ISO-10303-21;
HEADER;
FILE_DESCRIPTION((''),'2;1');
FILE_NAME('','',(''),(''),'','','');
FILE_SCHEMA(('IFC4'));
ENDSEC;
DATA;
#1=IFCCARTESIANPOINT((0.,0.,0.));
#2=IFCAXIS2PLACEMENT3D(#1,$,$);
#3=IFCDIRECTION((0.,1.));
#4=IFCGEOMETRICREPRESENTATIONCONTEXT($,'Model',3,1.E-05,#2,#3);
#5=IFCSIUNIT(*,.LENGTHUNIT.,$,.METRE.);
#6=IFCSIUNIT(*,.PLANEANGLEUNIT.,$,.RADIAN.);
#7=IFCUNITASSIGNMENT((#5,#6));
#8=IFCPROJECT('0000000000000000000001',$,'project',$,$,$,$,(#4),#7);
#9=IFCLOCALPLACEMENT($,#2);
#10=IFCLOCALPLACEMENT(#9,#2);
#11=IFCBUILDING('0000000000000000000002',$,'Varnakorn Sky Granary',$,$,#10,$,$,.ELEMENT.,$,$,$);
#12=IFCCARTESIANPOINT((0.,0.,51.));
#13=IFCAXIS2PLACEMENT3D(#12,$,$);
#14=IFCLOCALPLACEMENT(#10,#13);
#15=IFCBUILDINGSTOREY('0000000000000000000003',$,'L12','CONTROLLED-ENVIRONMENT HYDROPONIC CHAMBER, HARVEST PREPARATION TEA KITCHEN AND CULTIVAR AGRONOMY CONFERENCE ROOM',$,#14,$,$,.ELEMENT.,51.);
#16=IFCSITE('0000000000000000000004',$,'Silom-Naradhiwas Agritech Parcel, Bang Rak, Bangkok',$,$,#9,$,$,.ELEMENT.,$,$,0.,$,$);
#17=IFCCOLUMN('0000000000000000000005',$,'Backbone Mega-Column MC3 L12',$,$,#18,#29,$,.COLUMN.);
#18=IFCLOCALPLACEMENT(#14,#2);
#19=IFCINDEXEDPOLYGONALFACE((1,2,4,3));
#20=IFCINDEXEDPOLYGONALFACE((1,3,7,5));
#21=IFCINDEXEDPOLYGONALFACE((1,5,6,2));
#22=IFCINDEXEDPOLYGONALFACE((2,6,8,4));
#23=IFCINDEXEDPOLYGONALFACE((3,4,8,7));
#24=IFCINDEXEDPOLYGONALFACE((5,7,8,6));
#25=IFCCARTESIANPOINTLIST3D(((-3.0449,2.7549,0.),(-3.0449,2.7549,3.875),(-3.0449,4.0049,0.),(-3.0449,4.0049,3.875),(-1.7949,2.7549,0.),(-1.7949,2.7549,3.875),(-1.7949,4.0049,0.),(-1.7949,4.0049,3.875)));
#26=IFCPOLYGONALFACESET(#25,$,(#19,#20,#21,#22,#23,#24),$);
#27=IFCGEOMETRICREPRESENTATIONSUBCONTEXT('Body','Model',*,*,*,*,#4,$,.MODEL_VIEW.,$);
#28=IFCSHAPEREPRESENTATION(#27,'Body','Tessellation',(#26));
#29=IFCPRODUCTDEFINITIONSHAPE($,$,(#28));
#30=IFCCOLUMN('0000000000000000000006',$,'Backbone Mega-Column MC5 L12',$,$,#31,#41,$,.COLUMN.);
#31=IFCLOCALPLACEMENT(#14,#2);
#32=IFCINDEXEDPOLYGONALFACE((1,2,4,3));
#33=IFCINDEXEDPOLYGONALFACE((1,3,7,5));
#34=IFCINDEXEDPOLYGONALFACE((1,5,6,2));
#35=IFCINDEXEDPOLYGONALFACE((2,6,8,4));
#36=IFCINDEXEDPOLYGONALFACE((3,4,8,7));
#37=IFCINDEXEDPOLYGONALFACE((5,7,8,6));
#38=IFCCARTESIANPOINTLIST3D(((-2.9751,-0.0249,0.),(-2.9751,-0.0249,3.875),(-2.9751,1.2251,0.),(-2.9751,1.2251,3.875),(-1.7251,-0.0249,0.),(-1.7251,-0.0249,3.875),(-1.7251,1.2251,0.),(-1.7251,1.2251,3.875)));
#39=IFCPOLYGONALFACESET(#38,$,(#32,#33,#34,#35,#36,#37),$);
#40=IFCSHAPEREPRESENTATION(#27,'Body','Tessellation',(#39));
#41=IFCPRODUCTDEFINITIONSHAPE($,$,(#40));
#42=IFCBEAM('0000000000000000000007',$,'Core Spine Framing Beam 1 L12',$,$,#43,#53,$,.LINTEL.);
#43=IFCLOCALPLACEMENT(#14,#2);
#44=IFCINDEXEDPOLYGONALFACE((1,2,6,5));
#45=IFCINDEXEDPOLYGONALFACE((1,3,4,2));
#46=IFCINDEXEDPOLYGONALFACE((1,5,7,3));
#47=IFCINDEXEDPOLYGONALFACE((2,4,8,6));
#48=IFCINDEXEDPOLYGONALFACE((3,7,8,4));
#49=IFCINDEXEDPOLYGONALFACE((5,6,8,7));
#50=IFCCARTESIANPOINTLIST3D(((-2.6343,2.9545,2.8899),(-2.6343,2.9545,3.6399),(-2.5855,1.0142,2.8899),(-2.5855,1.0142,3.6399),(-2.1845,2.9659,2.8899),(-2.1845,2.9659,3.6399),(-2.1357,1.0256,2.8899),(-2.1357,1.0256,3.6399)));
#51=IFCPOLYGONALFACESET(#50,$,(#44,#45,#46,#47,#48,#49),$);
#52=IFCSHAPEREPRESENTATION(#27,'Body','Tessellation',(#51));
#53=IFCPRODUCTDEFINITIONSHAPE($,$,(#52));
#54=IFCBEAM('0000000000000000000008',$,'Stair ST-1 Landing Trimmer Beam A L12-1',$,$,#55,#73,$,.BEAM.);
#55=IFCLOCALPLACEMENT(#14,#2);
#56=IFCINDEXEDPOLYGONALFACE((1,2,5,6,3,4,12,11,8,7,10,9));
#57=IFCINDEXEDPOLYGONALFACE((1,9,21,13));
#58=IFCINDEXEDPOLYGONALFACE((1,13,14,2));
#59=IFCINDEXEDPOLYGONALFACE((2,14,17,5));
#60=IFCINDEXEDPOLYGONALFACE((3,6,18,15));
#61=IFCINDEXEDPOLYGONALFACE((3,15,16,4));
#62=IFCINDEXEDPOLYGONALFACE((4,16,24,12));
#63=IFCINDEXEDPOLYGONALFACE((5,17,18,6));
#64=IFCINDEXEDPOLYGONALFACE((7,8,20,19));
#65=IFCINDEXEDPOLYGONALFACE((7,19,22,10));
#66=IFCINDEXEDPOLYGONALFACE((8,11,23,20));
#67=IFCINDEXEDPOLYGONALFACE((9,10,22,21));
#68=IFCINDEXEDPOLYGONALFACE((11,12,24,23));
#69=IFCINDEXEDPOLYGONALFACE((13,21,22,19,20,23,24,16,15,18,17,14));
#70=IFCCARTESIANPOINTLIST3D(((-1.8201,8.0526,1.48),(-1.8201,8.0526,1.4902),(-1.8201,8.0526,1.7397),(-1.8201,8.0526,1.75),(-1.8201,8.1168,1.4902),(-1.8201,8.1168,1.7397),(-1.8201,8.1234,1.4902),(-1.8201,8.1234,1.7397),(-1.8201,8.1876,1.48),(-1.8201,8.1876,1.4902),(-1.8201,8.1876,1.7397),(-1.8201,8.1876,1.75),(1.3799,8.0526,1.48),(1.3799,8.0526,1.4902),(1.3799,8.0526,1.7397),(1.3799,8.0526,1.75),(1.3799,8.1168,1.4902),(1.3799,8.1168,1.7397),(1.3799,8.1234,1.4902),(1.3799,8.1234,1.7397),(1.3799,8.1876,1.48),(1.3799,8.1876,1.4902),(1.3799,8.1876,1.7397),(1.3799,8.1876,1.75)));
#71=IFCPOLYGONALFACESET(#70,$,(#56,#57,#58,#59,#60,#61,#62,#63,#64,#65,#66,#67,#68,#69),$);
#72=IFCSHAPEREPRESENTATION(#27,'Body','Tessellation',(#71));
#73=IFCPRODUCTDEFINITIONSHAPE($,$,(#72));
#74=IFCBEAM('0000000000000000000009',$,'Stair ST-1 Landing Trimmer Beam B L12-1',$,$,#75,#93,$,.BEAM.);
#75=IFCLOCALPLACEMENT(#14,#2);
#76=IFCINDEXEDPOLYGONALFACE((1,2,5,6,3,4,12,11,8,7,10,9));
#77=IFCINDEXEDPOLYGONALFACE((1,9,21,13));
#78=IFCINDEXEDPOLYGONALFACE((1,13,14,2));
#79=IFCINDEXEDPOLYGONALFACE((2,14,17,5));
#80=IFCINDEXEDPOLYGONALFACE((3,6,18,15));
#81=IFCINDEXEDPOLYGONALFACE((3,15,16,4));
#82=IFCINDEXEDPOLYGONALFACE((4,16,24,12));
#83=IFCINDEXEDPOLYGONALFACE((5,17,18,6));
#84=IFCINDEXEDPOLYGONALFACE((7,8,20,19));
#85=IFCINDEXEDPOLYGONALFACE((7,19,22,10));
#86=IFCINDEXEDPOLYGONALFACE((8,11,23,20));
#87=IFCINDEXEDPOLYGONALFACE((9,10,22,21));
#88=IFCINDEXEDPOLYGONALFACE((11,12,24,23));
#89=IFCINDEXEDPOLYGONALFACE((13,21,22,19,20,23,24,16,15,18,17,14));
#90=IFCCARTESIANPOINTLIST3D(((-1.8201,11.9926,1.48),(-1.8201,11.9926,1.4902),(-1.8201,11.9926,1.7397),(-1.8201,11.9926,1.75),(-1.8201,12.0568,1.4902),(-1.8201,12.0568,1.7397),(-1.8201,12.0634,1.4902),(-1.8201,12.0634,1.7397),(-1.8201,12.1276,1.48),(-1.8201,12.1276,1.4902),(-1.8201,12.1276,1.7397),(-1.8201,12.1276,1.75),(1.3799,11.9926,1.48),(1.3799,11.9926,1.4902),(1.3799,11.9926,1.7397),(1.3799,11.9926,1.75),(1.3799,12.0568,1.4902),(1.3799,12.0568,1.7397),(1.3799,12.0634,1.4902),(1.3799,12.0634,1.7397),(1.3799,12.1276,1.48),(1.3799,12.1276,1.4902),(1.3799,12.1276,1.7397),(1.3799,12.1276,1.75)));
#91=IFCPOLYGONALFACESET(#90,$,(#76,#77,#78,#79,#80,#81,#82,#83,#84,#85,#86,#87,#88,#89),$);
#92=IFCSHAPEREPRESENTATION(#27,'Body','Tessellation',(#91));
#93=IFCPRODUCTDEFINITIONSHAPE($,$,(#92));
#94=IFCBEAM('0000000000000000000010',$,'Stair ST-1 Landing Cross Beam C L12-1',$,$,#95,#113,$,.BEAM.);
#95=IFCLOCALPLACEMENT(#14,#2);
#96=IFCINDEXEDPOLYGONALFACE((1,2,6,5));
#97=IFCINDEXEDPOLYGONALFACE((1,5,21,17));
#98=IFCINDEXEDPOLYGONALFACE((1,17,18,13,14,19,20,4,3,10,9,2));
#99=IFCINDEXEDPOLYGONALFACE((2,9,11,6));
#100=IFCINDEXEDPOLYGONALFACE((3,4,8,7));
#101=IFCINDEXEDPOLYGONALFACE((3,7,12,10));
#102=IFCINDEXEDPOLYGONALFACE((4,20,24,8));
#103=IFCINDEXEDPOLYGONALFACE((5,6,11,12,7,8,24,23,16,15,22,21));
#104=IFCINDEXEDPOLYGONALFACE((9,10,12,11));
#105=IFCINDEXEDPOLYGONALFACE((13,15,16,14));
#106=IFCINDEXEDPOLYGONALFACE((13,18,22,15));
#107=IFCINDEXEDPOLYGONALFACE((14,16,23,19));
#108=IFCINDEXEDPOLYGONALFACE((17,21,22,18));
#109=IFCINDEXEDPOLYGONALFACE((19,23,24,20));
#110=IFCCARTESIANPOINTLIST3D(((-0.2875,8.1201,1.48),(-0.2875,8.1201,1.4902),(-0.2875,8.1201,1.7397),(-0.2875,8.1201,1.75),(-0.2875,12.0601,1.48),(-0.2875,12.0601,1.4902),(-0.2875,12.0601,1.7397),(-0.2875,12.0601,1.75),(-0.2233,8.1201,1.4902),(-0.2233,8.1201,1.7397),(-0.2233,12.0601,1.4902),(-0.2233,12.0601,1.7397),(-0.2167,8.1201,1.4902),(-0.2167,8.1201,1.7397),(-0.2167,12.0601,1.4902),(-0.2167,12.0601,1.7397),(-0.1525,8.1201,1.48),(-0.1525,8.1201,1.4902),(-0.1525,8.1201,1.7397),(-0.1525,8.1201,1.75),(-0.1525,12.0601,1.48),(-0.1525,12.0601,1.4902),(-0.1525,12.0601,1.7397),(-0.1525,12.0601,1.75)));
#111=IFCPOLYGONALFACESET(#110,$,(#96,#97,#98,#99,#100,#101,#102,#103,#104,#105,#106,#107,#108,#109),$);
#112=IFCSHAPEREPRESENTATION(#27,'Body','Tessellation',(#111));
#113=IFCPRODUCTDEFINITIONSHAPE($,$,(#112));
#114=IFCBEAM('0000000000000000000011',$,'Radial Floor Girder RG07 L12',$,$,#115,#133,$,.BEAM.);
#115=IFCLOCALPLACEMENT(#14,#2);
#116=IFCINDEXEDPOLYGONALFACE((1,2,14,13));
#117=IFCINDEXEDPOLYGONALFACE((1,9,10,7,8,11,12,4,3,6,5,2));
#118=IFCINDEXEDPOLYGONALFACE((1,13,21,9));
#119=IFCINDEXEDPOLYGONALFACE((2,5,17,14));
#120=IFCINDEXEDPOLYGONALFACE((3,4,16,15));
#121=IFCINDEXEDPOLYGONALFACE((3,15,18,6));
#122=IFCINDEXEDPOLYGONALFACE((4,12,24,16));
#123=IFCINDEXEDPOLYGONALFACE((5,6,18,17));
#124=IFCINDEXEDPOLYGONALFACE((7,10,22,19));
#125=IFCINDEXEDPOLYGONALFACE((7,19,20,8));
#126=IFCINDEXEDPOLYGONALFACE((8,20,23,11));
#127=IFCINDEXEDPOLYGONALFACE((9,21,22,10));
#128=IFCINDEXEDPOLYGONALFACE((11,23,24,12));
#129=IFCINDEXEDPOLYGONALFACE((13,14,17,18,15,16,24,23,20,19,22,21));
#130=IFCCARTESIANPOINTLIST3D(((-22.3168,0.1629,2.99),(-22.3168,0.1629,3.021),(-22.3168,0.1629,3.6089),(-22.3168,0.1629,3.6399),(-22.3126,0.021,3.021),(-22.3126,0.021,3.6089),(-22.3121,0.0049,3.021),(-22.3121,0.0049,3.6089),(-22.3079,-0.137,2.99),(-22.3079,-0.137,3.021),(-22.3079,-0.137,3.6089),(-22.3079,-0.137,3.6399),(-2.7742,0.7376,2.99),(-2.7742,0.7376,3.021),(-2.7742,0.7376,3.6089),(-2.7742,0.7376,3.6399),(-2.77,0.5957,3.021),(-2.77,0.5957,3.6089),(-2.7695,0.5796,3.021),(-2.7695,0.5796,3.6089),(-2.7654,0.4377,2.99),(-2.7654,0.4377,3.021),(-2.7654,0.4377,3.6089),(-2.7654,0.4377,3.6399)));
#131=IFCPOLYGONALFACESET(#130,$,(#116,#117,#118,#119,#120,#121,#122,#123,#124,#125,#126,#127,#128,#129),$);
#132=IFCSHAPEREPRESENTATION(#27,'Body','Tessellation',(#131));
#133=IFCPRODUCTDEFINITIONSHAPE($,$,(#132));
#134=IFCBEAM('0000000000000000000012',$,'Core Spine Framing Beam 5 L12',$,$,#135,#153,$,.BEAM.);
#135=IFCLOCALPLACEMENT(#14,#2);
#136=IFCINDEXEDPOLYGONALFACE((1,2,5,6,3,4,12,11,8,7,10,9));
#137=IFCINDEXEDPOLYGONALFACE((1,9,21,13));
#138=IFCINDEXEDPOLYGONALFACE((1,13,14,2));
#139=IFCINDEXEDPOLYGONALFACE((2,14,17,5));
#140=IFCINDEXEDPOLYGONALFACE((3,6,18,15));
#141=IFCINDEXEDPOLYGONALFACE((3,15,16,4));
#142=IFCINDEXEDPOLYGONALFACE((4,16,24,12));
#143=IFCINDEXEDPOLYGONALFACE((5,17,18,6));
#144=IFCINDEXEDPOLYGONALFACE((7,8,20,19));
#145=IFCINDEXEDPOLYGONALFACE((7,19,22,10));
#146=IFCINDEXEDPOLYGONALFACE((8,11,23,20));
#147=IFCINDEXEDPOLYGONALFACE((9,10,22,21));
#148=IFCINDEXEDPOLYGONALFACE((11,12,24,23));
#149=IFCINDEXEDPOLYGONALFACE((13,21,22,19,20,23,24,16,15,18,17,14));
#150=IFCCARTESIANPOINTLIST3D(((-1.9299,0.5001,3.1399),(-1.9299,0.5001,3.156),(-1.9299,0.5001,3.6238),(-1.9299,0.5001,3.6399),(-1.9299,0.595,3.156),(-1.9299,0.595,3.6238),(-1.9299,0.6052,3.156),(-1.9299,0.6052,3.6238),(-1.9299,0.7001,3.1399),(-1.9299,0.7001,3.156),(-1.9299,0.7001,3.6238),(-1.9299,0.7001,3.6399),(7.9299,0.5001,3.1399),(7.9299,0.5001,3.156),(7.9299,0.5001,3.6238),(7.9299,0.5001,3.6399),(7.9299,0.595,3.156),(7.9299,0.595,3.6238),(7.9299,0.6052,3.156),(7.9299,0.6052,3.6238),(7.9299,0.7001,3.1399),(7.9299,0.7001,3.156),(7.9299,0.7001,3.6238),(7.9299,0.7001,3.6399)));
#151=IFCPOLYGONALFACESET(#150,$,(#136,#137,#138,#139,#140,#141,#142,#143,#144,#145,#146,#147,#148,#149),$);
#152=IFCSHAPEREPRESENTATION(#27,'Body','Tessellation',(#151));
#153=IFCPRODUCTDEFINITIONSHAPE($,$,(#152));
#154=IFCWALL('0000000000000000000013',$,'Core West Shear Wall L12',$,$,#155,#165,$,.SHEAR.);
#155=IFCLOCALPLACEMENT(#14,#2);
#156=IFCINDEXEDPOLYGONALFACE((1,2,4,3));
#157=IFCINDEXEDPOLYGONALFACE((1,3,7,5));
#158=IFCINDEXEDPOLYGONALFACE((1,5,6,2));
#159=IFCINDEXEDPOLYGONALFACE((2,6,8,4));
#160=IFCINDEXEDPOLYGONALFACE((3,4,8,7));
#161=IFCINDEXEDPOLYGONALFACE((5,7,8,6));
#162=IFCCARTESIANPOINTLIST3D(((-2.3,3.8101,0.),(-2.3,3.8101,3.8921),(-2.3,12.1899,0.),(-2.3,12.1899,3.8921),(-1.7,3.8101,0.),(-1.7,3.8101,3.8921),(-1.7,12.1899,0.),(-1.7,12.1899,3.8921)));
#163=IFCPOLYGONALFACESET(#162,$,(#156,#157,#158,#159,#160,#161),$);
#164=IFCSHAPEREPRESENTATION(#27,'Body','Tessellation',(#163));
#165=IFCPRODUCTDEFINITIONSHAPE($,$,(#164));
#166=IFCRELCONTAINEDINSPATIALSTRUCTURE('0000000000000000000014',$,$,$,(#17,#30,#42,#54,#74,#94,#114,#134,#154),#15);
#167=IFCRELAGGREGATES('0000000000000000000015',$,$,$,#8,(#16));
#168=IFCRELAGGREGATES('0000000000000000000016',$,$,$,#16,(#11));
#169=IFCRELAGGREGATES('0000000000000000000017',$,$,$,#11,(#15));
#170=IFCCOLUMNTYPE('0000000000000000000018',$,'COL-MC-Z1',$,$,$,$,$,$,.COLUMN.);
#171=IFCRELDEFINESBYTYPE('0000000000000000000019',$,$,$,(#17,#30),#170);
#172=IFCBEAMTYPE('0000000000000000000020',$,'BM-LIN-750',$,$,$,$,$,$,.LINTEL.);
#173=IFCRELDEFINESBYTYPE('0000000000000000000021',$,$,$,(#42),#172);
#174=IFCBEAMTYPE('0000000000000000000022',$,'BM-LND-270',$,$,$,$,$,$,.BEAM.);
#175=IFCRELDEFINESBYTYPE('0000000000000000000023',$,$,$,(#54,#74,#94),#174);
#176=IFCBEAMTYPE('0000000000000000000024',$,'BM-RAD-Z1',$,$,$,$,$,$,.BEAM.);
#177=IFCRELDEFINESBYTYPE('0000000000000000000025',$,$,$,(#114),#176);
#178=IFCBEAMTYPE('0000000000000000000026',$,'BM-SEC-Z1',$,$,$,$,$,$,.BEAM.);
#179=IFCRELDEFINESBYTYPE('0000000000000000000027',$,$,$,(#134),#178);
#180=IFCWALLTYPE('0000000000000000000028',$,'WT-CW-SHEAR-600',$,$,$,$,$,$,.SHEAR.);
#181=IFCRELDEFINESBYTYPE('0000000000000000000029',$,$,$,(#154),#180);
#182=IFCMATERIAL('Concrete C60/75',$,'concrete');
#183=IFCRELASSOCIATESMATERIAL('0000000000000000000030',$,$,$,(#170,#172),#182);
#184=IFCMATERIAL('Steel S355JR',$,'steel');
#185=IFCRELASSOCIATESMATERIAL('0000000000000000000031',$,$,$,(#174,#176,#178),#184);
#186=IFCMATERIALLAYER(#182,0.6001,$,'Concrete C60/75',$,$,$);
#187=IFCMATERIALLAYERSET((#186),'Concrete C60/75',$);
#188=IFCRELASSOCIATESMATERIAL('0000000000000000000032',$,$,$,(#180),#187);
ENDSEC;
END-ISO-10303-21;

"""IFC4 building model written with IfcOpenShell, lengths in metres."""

from ifc_helpers import new_model, si_unit, direction, frame, frame_2d, origin, origin_2d, place, context, subcontext, project, spatial, rectangle, i_section, extrude, material, layer, layer_set, material_profile, profile_set, type_object, element, save


model = new_model("IFC4")

# Units and contexts
model_context = context("Model", 3, precision=1e-05, world=origin(), true_north=direction((0.0, 1.0)))
body_context = subcontext(model_context, "Body", "Model", "MODEL_VIEW")
ifc_project = project(units=[si_unit("LENGTHUNIT", "METRE"), si_unit("PLANEANGLEUNIT", "RADIAN")], contexts=[model_context])

# Site, building, storey
site_placement = place(None, origin())
site = spatial("IfcSite", under=ifc_project, at=site_placement, Name="Silom-Naradhiwas Agritech Parcel, Bang Rak, Bangkok", CompositionType="ELEMENT", RefElevation=0.0)
building_placement = place(site_placement, origin())
building = spatial("IfcBuilding", under=site, at=building_placement, Name="Varnakorn Sky Granary", CompositionType="ELEMENT")
storey_placement = place(building_placement, frame((0.0, 0.0, 51.0)))
storey = spatial("IfcBuildingStorey", under=building, at=storey_placement, Name="L12", Description="CONTROLLED-ENVIRONMENT HYDROPONIC CHAMBER, HARVEST PREPARATION TEA KITCHEN AND CULTIVAR AGRONOMY CONFERENCE ROOM", CompositionType="ELEMENT", Elevation=51.0)

# Columns
ifc_material_1 = material(Name="Concrete C60/75", Category="concrete")
ifc_material_profile_1 = material_profile(ifc_material_1, rectangle(XDim=1.25, YDim=1.25, at=origin_2d()), Name="RC 1250x1250")
ifc_profile_set_1 = profile_set([ifc_material_profile_1], Name="Concrete C60/75")
column_type = type_object("IfcColumnType", Name="COL-MC-Z1", PredefinedType="COLUMN", material=ifc_profile_set_1)
for number, where, z_axis, x_axis, name in (
    (1, (-2.4199, 3.3799, 0.0), (0.0, 0.0, 1.0), (1.0, 0.0, 0.0), "Backbone Mega-Column MC3 L12"),
    (2, (-2.3501, 0.6001, 0.0), (0.0, 0.0, 1.0), (1.0, 0.0, 0.0), "Backbone Mega-Column MC5 L12"),
):
    element("IfcColumn", number, at=place(storey_placement, frame(where, z_axis=z_axis, x_axis=x_axis)), inside=storey, type_object=column_type, Name=name, PredefinedType="COLUMN", context=body_context, shape_type="SweptSolid", body=[
        extrude(rectangle(XDim=1.25, YDim=1.25, at=origin_2d()), origin(), (0.0, 0.0, 1.0), 3.875),
    ])

# Beams
ifc_material_profile_2 = material_profile(ifc_material_1, rectangle(XDim=0.45, YDim=0.75, at=origin_2d()), Name="RC 450x750")
ifc_profile_set_2 = profile_set([ifc_material_profile_2], Name="Concrete C60/75")
beam_type_1 = type_object("IfcBeamType", Name="BM-LIN-750", PredefinedType="LINTEL", material=ifc_profile_set_2)
beam_1_placement = place(storey_placement, frame((-2.4094, 2.9602, 3.2649), z_axis=(0.025159, -0.999683, 0.0), x_axis=(0.999683, 0.025159, 0.0)))
element("IfcBeam", 3, at=beam_1_placement, inside=storey, type_object=beam_type_1, Name="Core Spine Framing Beam 1 L12", PredefinedType="LINTEL", context=body_context, shape_type="SweptSolid", body=[
    extrude(rectangle(XDim=0.45, YDim=0.75, at=origin_2d()), origin(), (0.0, 0.0, 1.0), 1.9409),
])
ifc_material_2 = material(Name="Steel S355JR", Category="steel")
ifc_material_profile_3 = material_profile(ifc_material_2, i_section(OverallWidth=0.135, OverallDepth=0.27, WebThickness=0.0066, FlangeThickness=0.0103, at=origin_2d()), Name="IPE 270")
ifc_profile_set_3 = profile_set([ifc_material_profile_3], Name="Steel S355JR")
beam_type_2 = type_object("IfcBeamType", Name="BM-LND-270", PredefinedType="BEAM", material=ifc_profile_set_3)
for number, where, z_axis, x_axis, name in (
    (4, (-1.8201, 8.1201, 1.615), (1.0, 0.0, 0.0), (0.0, 1.0, 0.0), "Stair ST-1 Landing Trimmer Beam A L12-1"),
    (5, (-1.8201, 12.0601, 1.615), (1.0, 0.0, 0.0), (0.0, 1.0, 0.0), "Stair ST-1 Landing Trimmer Beam B L12-1"),
):
    element("IfcBeam", number, at=place(storey_placement, frame(where, z_axis=z_axis, x_axis=x_axis)), inside=storey, type_object=beam_type_2, Name=name, PredefinedType="BEAM", context=body_context, shape_type="SweptSolid", body=[
        extrude(i_section(OverallWidth=0.135, OverallDepth=0.27, WebThickness=0.0066, FlangeThickness=0.0103, at=origin_2d()), origin(), (0.0, 0.0, 1.0), 3.2),
    ])
beam_2_placement = place(storey_placement, frame((-0.22, 8.1201, 1.615), z_axis=(0.0, 1.0, 0.0), x_axis=(-1.0, 0.0, 0.0)))
element("IfcBeam", 6, at=beam_2_placement, inside=storey, type_object=beam_type_2, Name="Stair ST-1 Landing Cross Beam C L12-1", PredefinedType="BEAM", context=body_context, shape_type="SweptSolid", body=[
    extrude(i_section(OverallWidth=0.135, OverallDepth=0.27, WebThickness=0.0066, FlangeThickness=0.0103, at=origin_2d()), origin(), (0.0, 0.0, 1.0), 3.9399),
])
ifc_material_profile_4 = material_profile(ifc_material_2, i_section(OverallWidth=0.3, OverallDepth=0.6499, WebThickness=0.0161, FlangeThickness=0.031, at=origin_2d()), Name="HE 650 B")
ifc_profile_set_4 = profile_set([ifc_material_profile_4], Name="Steel S355JR")
beam_type_3 = type_object("IfcBeamType", Name="BM-RAD-Z1", PredefinedType="BEAM", material=ifc_profile_set_4)
beam_3_placement = place(storey_placement, frame((-2.7698, 0.5876, 3.3149), z_axis=(-0.999568, -0.029395, 0.0), x_axis=(0.029395, -0.999568, 0.0)))
element("IfcBeam", 7, at=beam_3_placement, inside=storey, type_object=beam_type_3, Name="Radial Floor Girder RG07 L12", PredefinedType="BEAM", context=body_context, shape_type="SweptSolid", body=[
    extrude(i_section(OverallWidth=0.3, OverallDepth=0.6499, WebThickness=0.0161, FlangeThickness=0.031, at=origin_2d()), origin(), (0.0, 0.0, 1.0), 19.551),
])
ifc_material_profile_5 = material_profile(ifc_material_2, i_section(OverallWidth=0.2, OverallDepth=0.5, WebThickness=0.0103, FlangeThickness=0.0161, at=origin_2d()), Name="IPE 500")
ifc_profile_set_5 = profile_set([ifc_material_profile_5], Name="Steel S355JR")
beam_type_4 = type_object("IfcBeamType", Name="BM-SEC-Z1", PredefinedType="BEAM", material=ifc_profile_set_5)
beam_4_placement = place(storey_placement, frame((-1.9299, 0.6001, 3.3899), z_axis=(1.0, 0.0, 0.0), x_axis=(0.0, 1.0, 0.0)))
element("IfcBeam", 8, at=beam_4_placement, inside=storey, type_object=beam_type_4, Name="Core Spine Framing Beam 5 L12", PredefinedType="BEAM", context=body_context, shape_type="SweptSolid", body=[
    extrude(i_section(OverallWidth=0.2, OverallDepth=0.5, WebThickness=0.0103, FlangeThickness=0.0161, at=origin_2d()), origin(), (0.0, 0.0, 1.0), 9.8599),
])

# Shared definitions
ifc_layer_1 = layer(ifc_material_1, 0.6001, Name="Concrete C60/75")
ifc_layer_set_1 = layer_set([ifc_layer_1], Name="Concrete C60/75")
wall_type_1 = type_object("IfcWallType", Name="WT-CW-SHEAR-600", PredefinedType="SHEAR", material=ifc_layer_set_1)

# Wall
wall_1_placement = place(storey_placement, frame((-2.0, 3.8101, 0.0), z_axis=(0.0, 0.0, 1.0), x_axis=(0.0, 1.0, 0.0)))
element("IfcWall", 9, at=wall_1_placement, inside=storey, type_object=wall_type_1, Name="Core West Shear Wall L12", PredefinedType="SHEAR", context=body_context, shape_type="SweptSolid", body=[
    extrude(rectangle(XDim=8.3799, YDim=0.6001, at=frame_2d((4.1899, 0.0))), origin(), (0.0, 0.0, 1.0), 3.8921),
])

save(model, "model.ifc")
